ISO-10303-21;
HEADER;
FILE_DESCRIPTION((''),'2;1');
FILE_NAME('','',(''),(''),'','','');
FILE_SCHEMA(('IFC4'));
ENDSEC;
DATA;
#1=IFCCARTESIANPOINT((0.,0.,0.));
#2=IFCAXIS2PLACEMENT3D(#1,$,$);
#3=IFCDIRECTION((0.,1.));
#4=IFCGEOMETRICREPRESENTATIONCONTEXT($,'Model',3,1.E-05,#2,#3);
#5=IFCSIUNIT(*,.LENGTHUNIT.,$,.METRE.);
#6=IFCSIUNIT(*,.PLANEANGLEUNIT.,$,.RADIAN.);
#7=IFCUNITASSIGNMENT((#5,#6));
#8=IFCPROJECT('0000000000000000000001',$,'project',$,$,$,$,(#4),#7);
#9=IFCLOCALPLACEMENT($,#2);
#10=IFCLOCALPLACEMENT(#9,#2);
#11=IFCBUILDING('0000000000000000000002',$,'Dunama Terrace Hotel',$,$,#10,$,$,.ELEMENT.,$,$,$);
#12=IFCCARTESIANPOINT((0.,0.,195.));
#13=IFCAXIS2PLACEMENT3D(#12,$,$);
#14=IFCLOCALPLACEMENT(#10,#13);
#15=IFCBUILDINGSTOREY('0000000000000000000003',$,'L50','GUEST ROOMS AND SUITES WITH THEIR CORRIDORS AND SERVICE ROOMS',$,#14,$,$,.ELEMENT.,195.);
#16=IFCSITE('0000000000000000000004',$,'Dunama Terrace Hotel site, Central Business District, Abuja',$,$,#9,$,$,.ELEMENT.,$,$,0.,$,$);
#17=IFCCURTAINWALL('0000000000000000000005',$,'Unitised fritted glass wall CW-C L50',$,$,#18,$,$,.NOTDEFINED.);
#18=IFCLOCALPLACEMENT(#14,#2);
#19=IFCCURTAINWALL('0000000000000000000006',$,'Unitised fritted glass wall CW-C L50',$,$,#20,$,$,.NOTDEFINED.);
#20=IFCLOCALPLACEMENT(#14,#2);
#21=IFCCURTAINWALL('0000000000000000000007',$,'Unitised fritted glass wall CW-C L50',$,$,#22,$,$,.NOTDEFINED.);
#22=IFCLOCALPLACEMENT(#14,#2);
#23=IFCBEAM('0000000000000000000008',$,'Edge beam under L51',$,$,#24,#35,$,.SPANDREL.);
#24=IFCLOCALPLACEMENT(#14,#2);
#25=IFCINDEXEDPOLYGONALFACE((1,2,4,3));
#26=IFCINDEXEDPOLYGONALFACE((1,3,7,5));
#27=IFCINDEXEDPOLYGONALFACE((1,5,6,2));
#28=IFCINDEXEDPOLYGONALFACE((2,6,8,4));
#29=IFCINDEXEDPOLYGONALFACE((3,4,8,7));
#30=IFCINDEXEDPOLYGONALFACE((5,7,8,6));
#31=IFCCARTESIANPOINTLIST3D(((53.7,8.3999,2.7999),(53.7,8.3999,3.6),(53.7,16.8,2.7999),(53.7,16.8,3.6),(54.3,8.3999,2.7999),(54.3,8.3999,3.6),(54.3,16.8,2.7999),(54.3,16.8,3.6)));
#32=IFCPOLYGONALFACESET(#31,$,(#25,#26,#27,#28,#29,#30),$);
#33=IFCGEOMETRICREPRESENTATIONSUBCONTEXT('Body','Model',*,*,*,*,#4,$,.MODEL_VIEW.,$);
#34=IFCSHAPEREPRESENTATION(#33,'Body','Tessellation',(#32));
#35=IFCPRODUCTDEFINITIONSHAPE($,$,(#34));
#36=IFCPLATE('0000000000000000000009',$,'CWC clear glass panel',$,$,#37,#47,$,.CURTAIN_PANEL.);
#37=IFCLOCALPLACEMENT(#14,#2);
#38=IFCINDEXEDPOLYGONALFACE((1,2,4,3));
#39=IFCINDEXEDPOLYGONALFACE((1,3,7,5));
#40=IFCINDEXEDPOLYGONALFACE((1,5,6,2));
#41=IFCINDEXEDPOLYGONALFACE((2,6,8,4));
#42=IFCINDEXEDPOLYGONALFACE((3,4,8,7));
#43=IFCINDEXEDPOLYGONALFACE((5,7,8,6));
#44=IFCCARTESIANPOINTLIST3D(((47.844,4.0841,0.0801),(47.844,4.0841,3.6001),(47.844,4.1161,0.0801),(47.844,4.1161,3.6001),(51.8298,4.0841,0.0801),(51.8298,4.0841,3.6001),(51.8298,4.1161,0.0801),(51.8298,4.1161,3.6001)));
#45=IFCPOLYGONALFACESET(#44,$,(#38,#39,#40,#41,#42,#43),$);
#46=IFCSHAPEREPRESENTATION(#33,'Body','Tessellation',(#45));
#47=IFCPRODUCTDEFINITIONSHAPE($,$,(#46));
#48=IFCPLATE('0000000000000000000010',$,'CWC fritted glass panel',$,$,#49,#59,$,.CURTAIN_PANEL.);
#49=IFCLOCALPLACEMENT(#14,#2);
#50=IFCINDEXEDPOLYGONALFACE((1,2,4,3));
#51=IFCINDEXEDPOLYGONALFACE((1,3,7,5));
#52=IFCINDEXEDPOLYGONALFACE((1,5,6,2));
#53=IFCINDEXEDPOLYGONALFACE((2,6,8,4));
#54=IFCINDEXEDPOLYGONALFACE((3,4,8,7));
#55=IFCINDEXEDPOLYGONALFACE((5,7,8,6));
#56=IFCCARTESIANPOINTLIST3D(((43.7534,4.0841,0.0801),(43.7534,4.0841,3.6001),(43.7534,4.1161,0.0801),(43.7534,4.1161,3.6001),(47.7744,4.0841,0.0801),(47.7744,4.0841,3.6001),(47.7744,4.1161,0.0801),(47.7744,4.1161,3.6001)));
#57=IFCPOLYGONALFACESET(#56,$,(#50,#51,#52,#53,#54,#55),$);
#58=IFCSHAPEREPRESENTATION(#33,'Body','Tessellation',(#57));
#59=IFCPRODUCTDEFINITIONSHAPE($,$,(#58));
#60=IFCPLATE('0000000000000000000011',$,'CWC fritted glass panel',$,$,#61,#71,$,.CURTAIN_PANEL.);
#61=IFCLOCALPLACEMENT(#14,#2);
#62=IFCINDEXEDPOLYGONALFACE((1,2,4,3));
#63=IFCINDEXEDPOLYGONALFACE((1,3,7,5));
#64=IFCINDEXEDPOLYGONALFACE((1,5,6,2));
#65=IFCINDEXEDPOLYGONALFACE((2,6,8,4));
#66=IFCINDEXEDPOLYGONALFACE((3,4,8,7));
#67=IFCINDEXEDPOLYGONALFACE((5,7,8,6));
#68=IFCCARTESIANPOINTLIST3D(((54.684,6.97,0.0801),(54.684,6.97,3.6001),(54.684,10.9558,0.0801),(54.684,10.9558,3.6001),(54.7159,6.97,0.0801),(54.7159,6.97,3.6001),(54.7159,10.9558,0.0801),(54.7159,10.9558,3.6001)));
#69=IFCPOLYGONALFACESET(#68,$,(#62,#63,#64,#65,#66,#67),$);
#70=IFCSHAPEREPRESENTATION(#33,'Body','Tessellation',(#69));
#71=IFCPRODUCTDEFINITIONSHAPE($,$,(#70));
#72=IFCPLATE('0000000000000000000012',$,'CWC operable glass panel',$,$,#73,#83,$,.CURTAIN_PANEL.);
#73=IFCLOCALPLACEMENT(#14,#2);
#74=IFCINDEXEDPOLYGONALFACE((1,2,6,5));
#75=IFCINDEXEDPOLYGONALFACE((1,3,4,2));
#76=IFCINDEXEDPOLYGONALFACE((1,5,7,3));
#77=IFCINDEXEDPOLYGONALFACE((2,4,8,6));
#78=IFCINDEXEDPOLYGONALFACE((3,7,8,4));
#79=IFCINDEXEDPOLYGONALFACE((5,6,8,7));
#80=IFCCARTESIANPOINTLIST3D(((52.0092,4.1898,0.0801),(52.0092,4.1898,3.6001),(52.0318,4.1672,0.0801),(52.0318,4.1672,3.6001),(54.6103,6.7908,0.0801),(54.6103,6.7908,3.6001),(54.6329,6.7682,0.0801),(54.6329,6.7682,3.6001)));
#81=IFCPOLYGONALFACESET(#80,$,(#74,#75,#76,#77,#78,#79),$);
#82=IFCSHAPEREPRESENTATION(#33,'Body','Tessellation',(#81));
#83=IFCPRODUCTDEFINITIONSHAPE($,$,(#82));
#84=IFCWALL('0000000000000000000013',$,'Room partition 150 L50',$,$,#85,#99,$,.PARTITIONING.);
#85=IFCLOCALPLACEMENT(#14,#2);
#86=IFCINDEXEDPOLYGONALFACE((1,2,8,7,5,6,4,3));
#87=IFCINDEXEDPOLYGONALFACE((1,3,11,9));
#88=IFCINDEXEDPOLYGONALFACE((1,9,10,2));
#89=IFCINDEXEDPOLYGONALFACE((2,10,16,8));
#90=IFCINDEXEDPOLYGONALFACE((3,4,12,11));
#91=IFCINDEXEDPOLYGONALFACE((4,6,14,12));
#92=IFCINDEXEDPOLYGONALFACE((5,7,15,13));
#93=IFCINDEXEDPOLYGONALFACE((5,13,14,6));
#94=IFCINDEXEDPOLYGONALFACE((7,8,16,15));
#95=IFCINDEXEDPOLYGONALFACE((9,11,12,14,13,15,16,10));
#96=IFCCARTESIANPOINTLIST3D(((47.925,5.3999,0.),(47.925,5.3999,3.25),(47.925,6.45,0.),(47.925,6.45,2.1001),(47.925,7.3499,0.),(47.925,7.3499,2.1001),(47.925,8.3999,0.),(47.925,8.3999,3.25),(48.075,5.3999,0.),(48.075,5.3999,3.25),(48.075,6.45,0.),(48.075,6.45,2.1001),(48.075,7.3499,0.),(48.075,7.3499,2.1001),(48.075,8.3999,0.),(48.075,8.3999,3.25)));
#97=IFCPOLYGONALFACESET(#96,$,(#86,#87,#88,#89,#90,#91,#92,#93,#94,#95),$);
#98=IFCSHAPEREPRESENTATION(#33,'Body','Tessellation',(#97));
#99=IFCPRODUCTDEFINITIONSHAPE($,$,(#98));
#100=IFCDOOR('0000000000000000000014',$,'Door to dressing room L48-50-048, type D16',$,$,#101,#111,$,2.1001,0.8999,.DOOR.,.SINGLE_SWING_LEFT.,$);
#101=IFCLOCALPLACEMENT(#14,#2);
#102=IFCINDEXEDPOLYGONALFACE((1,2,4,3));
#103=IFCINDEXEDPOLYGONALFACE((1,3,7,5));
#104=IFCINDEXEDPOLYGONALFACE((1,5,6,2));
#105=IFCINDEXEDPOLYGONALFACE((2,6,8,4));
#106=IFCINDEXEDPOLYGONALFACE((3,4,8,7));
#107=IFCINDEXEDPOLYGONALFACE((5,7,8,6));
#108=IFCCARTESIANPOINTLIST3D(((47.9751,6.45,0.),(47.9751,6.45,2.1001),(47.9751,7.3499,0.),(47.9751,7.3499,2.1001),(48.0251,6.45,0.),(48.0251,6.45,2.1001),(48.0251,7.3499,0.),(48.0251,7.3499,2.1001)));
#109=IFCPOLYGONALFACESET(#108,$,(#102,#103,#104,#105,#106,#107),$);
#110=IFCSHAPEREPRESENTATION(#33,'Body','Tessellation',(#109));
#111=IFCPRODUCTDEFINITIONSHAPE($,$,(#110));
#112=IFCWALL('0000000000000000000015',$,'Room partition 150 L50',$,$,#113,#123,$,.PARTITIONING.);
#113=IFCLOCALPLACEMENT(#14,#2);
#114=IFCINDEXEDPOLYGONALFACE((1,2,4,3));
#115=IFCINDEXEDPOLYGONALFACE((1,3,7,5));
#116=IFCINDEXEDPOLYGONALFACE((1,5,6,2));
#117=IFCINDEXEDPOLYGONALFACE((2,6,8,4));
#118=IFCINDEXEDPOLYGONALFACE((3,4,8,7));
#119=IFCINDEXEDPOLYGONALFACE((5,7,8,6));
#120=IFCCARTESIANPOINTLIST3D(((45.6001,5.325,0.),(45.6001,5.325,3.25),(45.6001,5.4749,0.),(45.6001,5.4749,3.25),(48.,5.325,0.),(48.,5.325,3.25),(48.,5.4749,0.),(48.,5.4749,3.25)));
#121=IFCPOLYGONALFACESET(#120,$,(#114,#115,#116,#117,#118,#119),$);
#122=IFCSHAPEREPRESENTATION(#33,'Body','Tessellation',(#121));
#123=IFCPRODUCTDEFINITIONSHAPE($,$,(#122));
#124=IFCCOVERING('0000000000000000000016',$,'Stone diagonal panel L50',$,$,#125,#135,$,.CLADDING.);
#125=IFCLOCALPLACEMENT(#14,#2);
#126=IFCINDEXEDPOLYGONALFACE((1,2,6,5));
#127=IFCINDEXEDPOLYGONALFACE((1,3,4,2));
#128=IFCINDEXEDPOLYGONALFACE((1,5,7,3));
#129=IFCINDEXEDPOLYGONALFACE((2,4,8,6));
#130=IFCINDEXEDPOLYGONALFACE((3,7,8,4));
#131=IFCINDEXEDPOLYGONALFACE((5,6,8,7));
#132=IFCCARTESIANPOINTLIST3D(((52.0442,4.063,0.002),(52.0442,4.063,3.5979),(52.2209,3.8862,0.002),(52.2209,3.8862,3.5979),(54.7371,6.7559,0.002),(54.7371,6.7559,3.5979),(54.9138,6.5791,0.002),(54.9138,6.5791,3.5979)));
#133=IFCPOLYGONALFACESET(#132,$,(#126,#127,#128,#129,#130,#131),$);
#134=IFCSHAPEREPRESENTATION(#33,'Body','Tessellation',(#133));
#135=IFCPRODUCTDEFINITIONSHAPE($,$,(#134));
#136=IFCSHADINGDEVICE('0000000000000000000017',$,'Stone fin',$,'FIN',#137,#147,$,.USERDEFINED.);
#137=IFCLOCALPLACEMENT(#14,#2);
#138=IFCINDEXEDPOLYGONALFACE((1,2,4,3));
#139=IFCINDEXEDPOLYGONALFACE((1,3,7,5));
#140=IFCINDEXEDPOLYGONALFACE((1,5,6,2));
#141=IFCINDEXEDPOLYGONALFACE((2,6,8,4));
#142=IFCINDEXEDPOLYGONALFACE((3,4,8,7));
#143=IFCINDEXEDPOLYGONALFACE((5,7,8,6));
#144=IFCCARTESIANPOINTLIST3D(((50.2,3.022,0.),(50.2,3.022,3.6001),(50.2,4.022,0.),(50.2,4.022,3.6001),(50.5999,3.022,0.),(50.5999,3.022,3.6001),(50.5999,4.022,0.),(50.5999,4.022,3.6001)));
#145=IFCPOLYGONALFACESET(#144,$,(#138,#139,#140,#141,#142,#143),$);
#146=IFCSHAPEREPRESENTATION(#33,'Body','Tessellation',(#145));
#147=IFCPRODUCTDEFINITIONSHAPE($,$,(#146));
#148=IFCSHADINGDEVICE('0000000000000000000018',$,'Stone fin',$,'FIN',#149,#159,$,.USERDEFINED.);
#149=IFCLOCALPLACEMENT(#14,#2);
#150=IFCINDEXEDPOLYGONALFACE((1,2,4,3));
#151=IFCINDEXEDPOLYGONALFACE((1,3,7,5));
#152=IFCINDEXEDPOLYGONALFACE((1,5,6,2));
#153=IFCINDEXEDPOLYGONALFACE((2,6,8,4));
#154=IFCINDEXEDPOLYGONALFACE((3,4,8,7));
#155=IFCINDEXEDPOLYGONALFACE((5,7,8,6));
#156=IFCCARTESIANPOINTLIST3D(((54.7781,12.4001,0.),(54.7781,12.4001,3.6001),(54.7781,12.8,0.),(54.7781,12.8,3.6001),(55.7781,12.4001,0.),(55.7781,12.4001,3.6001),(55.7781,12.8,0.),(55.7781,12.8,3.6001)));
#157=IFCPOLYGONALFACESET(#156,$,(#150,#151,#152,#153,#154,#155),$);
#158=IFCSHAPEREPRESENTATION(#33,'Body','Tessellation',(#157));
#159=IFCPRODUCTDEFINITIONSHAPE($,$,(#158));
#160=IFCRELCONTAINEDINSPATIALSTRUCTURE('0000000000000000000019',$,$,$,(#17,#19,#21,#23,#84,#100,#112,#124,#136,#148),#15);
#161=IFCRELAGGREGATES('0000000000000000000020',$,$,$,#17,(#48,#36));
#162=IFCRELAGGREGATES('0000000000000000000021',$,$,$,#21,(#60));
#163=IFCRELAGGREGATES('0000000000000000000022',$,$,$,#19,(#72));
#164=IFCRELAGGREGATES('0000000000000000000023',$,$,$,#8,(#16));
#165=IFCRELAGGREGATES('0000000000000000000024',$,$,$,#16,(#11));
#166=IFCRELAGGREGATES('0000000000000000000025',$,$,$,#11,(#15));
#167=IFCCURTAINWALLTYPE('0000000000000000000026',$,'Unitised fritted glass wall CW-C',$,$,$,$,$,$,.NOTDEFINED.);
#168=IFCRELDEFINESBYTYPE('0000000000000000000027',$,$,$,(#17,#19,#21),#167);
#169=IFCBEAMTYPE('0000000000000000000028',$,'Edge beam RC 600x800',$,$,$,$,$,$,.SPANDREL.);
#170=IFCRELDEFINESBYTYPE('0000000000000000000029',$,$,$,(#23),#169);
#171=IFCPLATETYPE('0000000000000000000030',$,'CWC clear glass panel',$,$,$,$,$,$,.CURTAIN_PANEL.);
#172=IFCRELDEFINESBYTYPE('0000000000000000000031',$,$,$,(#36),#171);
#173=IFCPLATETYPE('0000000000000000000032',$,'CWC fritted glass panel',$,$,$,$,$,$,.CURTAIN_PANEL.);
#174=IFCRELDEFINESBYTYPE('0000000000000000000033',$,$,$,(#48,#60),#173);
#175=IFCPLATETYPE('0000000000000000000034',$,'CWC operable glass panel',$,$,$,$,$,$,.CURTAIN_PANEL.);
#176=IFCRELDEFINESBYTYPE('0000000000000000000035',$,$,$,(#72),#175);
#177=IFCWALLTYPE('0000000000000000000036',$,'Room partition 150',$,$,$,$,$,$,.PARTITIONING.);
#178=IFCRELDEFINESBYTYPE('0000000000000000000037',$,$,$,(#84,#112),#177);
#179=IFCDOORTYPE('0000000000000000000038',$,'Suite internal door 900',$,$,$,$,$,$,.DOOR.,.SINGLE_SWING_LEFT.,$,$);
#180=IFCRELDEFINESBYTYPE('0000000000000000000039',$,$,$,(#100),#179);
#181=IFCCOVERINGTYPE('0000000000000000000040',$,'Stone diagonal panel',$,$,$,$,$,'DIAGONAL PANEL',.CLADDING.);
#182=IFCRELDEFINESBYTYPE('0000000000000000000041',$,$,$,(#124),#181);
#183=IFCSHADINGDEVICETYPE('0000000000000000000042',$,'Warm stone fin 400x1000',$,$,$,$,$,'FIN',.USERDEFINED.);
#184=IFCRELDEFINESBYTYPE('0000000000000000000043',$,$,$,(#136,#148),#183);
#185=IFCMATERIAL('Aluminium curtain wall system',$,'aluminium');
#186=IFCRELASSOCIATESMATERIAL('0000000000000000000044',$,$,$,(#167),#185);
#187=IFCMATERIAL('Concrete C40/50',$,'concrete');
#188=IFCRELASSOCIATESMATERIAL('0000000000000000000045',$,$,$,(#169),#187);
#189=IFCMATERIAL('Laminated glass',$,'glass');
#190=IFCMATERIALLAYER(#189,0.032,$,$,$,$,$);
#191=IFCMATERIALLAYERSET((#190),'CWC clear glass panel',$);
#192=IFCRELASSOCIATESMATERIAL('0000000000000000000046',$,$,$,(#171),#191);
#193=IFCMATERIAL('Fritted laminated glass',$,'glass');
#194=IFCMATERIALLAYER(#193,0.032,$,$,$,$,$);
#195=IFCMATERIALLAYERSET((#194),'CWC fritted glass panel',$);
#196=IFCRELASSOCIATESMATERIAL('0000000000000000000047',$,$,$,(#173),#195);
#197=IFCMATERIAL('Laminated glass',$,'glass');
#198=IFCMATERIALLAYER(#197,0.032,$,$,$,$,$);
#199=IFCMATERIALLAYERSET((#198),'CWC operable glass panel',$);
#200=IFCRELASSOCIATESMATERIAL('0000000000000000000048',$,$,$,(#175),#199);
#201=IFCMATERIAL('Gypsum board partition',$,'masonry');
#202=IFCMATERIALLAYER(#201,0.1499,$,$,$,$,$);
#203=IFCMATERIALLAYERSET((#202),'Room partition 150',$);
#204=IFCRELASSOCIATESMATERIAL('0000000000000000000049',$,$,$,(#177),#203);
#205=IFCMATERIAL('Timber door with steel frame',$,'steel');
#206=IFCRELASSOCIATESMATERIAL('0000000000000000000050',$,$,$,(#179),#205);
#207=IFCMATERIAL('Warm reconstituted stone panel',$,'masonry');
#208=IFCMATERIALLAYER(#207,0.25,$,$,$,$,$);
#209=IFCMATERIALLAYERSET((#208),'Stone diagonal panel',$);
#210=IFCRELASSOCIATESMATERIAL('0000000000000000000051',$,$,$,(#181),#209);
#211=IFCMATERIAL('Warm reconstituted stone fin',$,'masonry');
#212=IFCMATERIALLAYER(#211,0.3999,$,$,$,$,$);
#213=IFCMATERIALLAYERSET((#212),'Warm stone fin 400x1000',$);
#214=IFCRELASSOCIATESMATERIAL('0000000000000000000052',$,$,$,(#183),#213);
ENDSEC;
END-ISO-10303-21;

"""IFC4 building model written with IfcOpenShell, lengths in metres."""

from ifc_helpers import new_model, si_unit, direction, frame, frame_2d, origin, origin_2d, place, context, subcontext, project, spatial, rectangle, extrude, material, layer, layer_set, material_profile, profile_set, type_object, element, fill, aggregate, save


model = new_model("IFC4")

# Units and contexts
model_context = context("Model", 3, precision=1e-05, world=origin(), true_north=direction((0.0, 1.0)))
body_context = subcontext(model_context, "Body", "Model", "MODEL_VIEW")
ifc_project = project(units=[si_unit("LENGTHUNIT", "METRE"), si_unit("PLANEANGLEUNIT", "RADIAN")], contexts=[model_context])

# Site, building, storey
site_placement = place(None, origin())
site = spatial("IfcSite", under=ifc_project, at=site_placement, Name="Dunama Terrace Hotel site, Central Business District, Abuja", CompositionType="ELEMENT", RefElevation=0.0)
building_placement = place(site_placement, origin())
building = spatial("IfcBuilding", under=site, at=building_placement, Name="Dunama Terrace Hotel", CompositionType="ELEMENT")
storey_placement = place(building_placement, frame((0.0, 0.0, 195.0)))
storey = spatial("IfcBuildingStorey", under=building, at=storey_placement, Name="L50", Description="GUEST ROOMS AND SUITES WITH THEIR CORRIDORS AND SERVICE ROOMS", CompositionType="ELEMENT", Elevation=195.0)

# Curtain walls
ifc_material_1 = material(Name="Aluminium curtain wall system", Category="aluminium")
curtain_wall_type = type_object("IfcCurtainWallType", Name="Unitised fritted glass wall CW-C", PredefinedType="NOTDEFINED", material=ifc_material_1)
curtain_wall_1_placement = place(storey_placement, origin())
curtain_wall_1 = element("IfcCurtainWall", 1, at=curtain_wall_1_placement, inside=storey, type_object=curtain_wall_type, Name="Unitised fritted glass wall CW-C L50", PredefinedType="NOTDEFINED")
curtain_wall_2_placement = place(storey_placement, origin())
curtain_wall_2 = element("IfcCurtainWall", 2, at=curtain_wall_2_placement, inside=storey, type_object=curtain_wall_type, Name="Unitised fritted glass wall CW-C L50", PredefinedType="NOTDEFINED")
curtain_wall_3_placement = place(storey_placement, origin())
curtain_wall_3 = element("IfcCurtainWall", 3, at=curtain_wall_3_placement, inside=storey, type_object=curtain_wall_type, Name="Unitised fritted glass wall CW-C L50", PredefinedType="NOTDEFINED")

# Beam
ifc_material_2 = material(Name="Concrete C40/50", Category="concrete")
ifc_material_profile_1 = material_profile(ifc_material_2, rectangle(XDim=0.6001, YDim=0.8, at=origin_2d()), Name="RC 600x800")
ifc_profile_set_1 = profile_set([ifc_material_profile_1], Name="Concrete C40/50")
beam_type_1 = type_object("IfcBeamType", Name="Edge beam RC 600x800", PredefinedType="SPANDREL", material=ifc_profile_set_1)
beam_1_placement = place(storey_placement, frame((54.0, 8.3999, 3.2), z_axis=(0.0, 1.0, 0.0), x_axis=(-1.0, 0.0, 0.0)))
element("IfcBeam", 4, at=beam_1_placement, inside=storey, type_object=beam_type_1, Name="Edge beam under L51", PredefinedType="SPANDREL", context=body_context, shape_type="SweptSolid", body=[
    extrude(rectangle(XDim=0.6001, YDim=0.8, at=origin_2d()), origin(), (0.0, 0.0, 1.0), 8.4001),
])

# Plates
ifc_material_3 = material(Name="Laminated glass", Category="glass")
ifc_layer_1 = layer(ifc_material_3, 0.032)
ifc_layer_set_1 = layer_set([ifc_layer_1], Name="CWC clear glass panel")
plate_type_1 = type_object("IfcPlateType", Name="CWC clear glass panel", PredefinedType="CURTAIN_PANEL", material=ifc_layer_set_1)
plate_1_placement = place(storey_placement, frame((49.8369, 4.1001, 0.0801), z_axis=(0.0, 0.0, 1.0), x_axis=(1.0, 0.0, 0.0)))
plate_1 = element("IfcPlate", 5, at=plate_1_placement, type_object=plate_type_1, Name="CWC clear glass panel", PredefinedType="CURTAIN_PANEL", context=body_context, shape_type="SweptSolid", body=[
    extrude(rectangle(XDim=3.9858, YDim=0.032, at=origin_2d()), origin(), (0.0, 0.0, 1.0), 3.52),
])
ifc_material_4 = material(Name="Fritted laminated glass", Category="glass")
ifc_layer_2 = layer(ifc_material_4, 0.032)
ifc_layer_set_2 = layer_set([ifc_layer_2], Name="CWC fritted glass panel")
plate_type_2 = type_object("IfcPlateType", Name="CWC fritted glass panel", PredefinedType="CURTAIN_PANEL", material=ifc_layer_set_2)
plate_2_placement = place(storey_placement, frame((45.7639, 4.1001, 0.0801), z_axis=(0.0, 0.0, 1.0), x_axis=(1.0, 0.0, 0.0)))
plate_2 = element("IfcPlate", 6, at=plate_2_placement, type_object=plate_type_2, Name="CWC fritted glass panel", PredefinedType="CURTAIN_PANEL", context=body_context, shape_type="SweptSolid", body=[
    extrude(rectangle(XDim=4.021, YDim=0.032, at=origin_2d()), origin(), (0.0, 0.0, 1.0), 3.52),
])
aggregate(curtain_wall_1, [plate_2, plate_1])
plate_3_placement = place(storey_placement, frame((54.7, 8.9629, 0.0801), z_axis=(0.0, 0.0, 1.0), x_axis=(0.0, 1.0, 0.0)))
plate_3 = element("IfcPlate", 7, at=plate_3_placement, type_object=plate_type_2, Name="CWC fritted glass panel", PredefinedType="CURTAIN_PANEL", context=body_context, shape_type="SweptSolid", body=[
    extrude(rectangle(XDim=3.9858, YDim=0.032, at=origin_2d()), origin(), (0.0, 0.0, 1.0), 3.52),
])
aggregate(curtain_wall_3, [plate_3])
ifc_material_5 = material(Name="Laminated glass", Category="glass")
ifc_layer_3 = layer(ifc_material_5, 0.032)
ifc_layer_set_3 = layer_set([ifc_layer_3], Name="CWC operable glass panel")
plate_type_3 = type_object("IfcPlateType", Name="CWC operable glass panel", PredefinedType="CURTAIN_PANEL", material=ifc_layer_set_3)
plate_4_placement = place(storey_placement, frame((53.321, 5.479, 0.0801), z_axis=(0.0, 0.0, 1.0), x_axis=(0.707107, 0.707107, 0.0)))
plate_4 = element("IfcPlate", 8, at=plate_4_placement, type_object=plate_type_3, Name="CWC operable glass panel", PredefinedType="CURTAIN_PANEL", context=body_context, shape_type="SweptSolid", body=[
    extrude(rectangle(XDim=3.6785, YDim=0.032, at=origin_2d()), origin(), (0.0, 0.0, 1.0), 3.52),
])
aggregate(curtain_wall_2, [plate_4])

# Wall, opening, door
ifc_material_6 = material(Name="Gypsum board partition", Category="masonry")
ifc_layer_4 = layer(ifc_material_6, 0.1499)
ifc_layer_set_4 = layer_set([ifc_layer_4], Name="Room partition 150")
wall_type = type_object("IfcWallType", Name="Room partition 150", PredefinedType="PARTITIONING", material=ifc_layer_set_4)
wall_1_placement = place(storey_placement, frame((48.0, 5.3999, 0.0), z_axis=(0.0, 0.0, 1.0), x_axis=(0.0, 1.0, 0.0)))
wall_1 = element("IfcWall", 9, at=wall_1_placement, inside=storey, type_object=wall_type, Name="Room partition 150 L50", PredefinedType="PARTITIONING", context=body_context, shape_type="SweptSolid", body=[
    extrude(rectangle(XDim=3.0, YDim=0.1499, at=frame_2d((1.5, 0.0))), origin(), (0.0, 0.0, 1.0), 3.25),
])
opening_placement = place(wall_1_placement, frame((1.05, 0.0, 0.0)))
opening = element("IfcOpeningElement", 10, at=opening_placement, cuts=wall_1, PredefinedType="OPENING", context=body_context, shape_type="SweptSolid", body=[
    extrude(rectangle(XDim=0.8999, YDim=2.1001, at=frame_2d((0.45, 1.05))), frame((0.0, 0.085, 0.0), z_axis=(0.0, -1.0, 0.0), x_axis=(1.0, 0.0, 0.0)), (0.0, 0.0, 1.0), 0.1699),
])
ifc_material_7 = material(Name="Timber door with steel frame", Category="steel")
door_type = type_object("IfcDoorType", Name="Suite internal door 900", OperationType="SINGLE_SWING_LEFT", PredefinedType="DOOR", material=ifc_material_7)
door_placement = place(opening_placement, origin())
door = element("IfcDoor", 11, at=door_placement, inside=storey, type_object=door_type, Name="Door to dressing room L48-50-048, type D16", OperationType="SINGLE_SWING_LEFT", OverallHeight=2.1001, OverallWidth=0.8999, PredefinedType="DOOR", context=body_context, shape_type="SweptSolid", body=[
    extrude(rectangle(XDim=0.8999, YDim=2.1001, at=frame_2d((0.45, 1.05))), frame((0.0, 0.0249, 0.0), z_axis=(0.0, -1.0, 0.0), x_axis=(1.0, 0.0, 0.0)), (0.0, 0.0, 1.0), 0.05),
])
fill(opening, door)

# Wall
wall_2_placement = place(storey_placement, frame((45.6001, 5.3999, 0.0), z_axis=(0.0, 0.0, 1.0), x_axis=(1.0, 0.0, 0.0)))
element("IfcWall", 12, at=wall_2_placement, inside=storey, type_object=wall_type, Name="Room partition 150 L50", PredefinedType="PARTITIONING", context=body_context, shape_type="SweptSolid", body=[
    extrude(rectangle(XDim=2.3999, YDim=0.1499, at=frame_2d((1.2, 0.0))), origin(), (0.0, 0.0, 1.0), 3.25),
])

# Covering
ifc_material_8 = material(Name="Warm reconstituted stone panel", Category="masonry")
ifc_layer_5 = layer(ifc_material_8, 0.25)
ifc_layer_set_5 = layer_set([ifc_layer_5], Name="Stone diagonal panel")
covering_type = type_object("IfcCoveringType", Name="Stone diagonal panel", ElementType="DIAGONAL PANEL", PredefinedType="CLADDING", material=ifc_layer_set_5)
covering_placement = place(storey_placement, frame((53.479, 5.321, 0.002), z_axis=(0.0, 0.0, 1.0), x_axis=(0.707107, 0.707107, 0.0)))
element("IfcCovering", 13, at=covering_placement, inside=storey, type_object=covering_type, Name="Stone diagonal panel L50", PredefinedType="CLADDING", context=body_context, shape_type="SweptSolid", body=[
    extrude(rectangle(XDim=3.8083, YDim=0.25, at=origin_2d()), origin(), (0.0, 0.0, 1.0), 3.5959),
])

# Shading devices
ifc_material_9 = material(Name="Warm reconstituted stone fin", Category="masonry")
ifc_layer_6 = layer(ifc_material_9, 0.3999)
ifc_layer_set_6 = layer_set([ifc_layer_6], Name="Warm stone fin 400x1000")
shading_device_type = type_object("IfcShadingDeviceType", Name="Warm stone fin 400x1000", ElementType="FIN", PredefinedType="USERDEFINED", material=ifc_layer_set_6)
for number, where, z_axis, x_axis, name in (
    (14, (50.3999, 3.522, 0.0), (0.0, 0.0, 1.0), (1.0, 0.0, 0.0), "Stone fin"),
    (15, (55.2781, 12.6001, 0.0), (0.0, 0.0, 1.0), (0.0, 1.0, 0.0), "Stone fin"),
):
    element("IfcShadingDevice", number, at=place(storey_placement, frame(where, z_axis=z_axis, x_axis=x_axis)), inside=storey, type_object=shading_device_type, Name=name, ObjectType="FIN", PredefinedType="USERDEFINED", context=body_context, shape_type="SweptSolid", body=[
        extrude(rectangle(XDim=0.3999, YDim=1.0, at=origin_2d()), origin(), (0.0, 0.0, 1.0), 3.6001),
    ])

save(model, "model.ifc")
